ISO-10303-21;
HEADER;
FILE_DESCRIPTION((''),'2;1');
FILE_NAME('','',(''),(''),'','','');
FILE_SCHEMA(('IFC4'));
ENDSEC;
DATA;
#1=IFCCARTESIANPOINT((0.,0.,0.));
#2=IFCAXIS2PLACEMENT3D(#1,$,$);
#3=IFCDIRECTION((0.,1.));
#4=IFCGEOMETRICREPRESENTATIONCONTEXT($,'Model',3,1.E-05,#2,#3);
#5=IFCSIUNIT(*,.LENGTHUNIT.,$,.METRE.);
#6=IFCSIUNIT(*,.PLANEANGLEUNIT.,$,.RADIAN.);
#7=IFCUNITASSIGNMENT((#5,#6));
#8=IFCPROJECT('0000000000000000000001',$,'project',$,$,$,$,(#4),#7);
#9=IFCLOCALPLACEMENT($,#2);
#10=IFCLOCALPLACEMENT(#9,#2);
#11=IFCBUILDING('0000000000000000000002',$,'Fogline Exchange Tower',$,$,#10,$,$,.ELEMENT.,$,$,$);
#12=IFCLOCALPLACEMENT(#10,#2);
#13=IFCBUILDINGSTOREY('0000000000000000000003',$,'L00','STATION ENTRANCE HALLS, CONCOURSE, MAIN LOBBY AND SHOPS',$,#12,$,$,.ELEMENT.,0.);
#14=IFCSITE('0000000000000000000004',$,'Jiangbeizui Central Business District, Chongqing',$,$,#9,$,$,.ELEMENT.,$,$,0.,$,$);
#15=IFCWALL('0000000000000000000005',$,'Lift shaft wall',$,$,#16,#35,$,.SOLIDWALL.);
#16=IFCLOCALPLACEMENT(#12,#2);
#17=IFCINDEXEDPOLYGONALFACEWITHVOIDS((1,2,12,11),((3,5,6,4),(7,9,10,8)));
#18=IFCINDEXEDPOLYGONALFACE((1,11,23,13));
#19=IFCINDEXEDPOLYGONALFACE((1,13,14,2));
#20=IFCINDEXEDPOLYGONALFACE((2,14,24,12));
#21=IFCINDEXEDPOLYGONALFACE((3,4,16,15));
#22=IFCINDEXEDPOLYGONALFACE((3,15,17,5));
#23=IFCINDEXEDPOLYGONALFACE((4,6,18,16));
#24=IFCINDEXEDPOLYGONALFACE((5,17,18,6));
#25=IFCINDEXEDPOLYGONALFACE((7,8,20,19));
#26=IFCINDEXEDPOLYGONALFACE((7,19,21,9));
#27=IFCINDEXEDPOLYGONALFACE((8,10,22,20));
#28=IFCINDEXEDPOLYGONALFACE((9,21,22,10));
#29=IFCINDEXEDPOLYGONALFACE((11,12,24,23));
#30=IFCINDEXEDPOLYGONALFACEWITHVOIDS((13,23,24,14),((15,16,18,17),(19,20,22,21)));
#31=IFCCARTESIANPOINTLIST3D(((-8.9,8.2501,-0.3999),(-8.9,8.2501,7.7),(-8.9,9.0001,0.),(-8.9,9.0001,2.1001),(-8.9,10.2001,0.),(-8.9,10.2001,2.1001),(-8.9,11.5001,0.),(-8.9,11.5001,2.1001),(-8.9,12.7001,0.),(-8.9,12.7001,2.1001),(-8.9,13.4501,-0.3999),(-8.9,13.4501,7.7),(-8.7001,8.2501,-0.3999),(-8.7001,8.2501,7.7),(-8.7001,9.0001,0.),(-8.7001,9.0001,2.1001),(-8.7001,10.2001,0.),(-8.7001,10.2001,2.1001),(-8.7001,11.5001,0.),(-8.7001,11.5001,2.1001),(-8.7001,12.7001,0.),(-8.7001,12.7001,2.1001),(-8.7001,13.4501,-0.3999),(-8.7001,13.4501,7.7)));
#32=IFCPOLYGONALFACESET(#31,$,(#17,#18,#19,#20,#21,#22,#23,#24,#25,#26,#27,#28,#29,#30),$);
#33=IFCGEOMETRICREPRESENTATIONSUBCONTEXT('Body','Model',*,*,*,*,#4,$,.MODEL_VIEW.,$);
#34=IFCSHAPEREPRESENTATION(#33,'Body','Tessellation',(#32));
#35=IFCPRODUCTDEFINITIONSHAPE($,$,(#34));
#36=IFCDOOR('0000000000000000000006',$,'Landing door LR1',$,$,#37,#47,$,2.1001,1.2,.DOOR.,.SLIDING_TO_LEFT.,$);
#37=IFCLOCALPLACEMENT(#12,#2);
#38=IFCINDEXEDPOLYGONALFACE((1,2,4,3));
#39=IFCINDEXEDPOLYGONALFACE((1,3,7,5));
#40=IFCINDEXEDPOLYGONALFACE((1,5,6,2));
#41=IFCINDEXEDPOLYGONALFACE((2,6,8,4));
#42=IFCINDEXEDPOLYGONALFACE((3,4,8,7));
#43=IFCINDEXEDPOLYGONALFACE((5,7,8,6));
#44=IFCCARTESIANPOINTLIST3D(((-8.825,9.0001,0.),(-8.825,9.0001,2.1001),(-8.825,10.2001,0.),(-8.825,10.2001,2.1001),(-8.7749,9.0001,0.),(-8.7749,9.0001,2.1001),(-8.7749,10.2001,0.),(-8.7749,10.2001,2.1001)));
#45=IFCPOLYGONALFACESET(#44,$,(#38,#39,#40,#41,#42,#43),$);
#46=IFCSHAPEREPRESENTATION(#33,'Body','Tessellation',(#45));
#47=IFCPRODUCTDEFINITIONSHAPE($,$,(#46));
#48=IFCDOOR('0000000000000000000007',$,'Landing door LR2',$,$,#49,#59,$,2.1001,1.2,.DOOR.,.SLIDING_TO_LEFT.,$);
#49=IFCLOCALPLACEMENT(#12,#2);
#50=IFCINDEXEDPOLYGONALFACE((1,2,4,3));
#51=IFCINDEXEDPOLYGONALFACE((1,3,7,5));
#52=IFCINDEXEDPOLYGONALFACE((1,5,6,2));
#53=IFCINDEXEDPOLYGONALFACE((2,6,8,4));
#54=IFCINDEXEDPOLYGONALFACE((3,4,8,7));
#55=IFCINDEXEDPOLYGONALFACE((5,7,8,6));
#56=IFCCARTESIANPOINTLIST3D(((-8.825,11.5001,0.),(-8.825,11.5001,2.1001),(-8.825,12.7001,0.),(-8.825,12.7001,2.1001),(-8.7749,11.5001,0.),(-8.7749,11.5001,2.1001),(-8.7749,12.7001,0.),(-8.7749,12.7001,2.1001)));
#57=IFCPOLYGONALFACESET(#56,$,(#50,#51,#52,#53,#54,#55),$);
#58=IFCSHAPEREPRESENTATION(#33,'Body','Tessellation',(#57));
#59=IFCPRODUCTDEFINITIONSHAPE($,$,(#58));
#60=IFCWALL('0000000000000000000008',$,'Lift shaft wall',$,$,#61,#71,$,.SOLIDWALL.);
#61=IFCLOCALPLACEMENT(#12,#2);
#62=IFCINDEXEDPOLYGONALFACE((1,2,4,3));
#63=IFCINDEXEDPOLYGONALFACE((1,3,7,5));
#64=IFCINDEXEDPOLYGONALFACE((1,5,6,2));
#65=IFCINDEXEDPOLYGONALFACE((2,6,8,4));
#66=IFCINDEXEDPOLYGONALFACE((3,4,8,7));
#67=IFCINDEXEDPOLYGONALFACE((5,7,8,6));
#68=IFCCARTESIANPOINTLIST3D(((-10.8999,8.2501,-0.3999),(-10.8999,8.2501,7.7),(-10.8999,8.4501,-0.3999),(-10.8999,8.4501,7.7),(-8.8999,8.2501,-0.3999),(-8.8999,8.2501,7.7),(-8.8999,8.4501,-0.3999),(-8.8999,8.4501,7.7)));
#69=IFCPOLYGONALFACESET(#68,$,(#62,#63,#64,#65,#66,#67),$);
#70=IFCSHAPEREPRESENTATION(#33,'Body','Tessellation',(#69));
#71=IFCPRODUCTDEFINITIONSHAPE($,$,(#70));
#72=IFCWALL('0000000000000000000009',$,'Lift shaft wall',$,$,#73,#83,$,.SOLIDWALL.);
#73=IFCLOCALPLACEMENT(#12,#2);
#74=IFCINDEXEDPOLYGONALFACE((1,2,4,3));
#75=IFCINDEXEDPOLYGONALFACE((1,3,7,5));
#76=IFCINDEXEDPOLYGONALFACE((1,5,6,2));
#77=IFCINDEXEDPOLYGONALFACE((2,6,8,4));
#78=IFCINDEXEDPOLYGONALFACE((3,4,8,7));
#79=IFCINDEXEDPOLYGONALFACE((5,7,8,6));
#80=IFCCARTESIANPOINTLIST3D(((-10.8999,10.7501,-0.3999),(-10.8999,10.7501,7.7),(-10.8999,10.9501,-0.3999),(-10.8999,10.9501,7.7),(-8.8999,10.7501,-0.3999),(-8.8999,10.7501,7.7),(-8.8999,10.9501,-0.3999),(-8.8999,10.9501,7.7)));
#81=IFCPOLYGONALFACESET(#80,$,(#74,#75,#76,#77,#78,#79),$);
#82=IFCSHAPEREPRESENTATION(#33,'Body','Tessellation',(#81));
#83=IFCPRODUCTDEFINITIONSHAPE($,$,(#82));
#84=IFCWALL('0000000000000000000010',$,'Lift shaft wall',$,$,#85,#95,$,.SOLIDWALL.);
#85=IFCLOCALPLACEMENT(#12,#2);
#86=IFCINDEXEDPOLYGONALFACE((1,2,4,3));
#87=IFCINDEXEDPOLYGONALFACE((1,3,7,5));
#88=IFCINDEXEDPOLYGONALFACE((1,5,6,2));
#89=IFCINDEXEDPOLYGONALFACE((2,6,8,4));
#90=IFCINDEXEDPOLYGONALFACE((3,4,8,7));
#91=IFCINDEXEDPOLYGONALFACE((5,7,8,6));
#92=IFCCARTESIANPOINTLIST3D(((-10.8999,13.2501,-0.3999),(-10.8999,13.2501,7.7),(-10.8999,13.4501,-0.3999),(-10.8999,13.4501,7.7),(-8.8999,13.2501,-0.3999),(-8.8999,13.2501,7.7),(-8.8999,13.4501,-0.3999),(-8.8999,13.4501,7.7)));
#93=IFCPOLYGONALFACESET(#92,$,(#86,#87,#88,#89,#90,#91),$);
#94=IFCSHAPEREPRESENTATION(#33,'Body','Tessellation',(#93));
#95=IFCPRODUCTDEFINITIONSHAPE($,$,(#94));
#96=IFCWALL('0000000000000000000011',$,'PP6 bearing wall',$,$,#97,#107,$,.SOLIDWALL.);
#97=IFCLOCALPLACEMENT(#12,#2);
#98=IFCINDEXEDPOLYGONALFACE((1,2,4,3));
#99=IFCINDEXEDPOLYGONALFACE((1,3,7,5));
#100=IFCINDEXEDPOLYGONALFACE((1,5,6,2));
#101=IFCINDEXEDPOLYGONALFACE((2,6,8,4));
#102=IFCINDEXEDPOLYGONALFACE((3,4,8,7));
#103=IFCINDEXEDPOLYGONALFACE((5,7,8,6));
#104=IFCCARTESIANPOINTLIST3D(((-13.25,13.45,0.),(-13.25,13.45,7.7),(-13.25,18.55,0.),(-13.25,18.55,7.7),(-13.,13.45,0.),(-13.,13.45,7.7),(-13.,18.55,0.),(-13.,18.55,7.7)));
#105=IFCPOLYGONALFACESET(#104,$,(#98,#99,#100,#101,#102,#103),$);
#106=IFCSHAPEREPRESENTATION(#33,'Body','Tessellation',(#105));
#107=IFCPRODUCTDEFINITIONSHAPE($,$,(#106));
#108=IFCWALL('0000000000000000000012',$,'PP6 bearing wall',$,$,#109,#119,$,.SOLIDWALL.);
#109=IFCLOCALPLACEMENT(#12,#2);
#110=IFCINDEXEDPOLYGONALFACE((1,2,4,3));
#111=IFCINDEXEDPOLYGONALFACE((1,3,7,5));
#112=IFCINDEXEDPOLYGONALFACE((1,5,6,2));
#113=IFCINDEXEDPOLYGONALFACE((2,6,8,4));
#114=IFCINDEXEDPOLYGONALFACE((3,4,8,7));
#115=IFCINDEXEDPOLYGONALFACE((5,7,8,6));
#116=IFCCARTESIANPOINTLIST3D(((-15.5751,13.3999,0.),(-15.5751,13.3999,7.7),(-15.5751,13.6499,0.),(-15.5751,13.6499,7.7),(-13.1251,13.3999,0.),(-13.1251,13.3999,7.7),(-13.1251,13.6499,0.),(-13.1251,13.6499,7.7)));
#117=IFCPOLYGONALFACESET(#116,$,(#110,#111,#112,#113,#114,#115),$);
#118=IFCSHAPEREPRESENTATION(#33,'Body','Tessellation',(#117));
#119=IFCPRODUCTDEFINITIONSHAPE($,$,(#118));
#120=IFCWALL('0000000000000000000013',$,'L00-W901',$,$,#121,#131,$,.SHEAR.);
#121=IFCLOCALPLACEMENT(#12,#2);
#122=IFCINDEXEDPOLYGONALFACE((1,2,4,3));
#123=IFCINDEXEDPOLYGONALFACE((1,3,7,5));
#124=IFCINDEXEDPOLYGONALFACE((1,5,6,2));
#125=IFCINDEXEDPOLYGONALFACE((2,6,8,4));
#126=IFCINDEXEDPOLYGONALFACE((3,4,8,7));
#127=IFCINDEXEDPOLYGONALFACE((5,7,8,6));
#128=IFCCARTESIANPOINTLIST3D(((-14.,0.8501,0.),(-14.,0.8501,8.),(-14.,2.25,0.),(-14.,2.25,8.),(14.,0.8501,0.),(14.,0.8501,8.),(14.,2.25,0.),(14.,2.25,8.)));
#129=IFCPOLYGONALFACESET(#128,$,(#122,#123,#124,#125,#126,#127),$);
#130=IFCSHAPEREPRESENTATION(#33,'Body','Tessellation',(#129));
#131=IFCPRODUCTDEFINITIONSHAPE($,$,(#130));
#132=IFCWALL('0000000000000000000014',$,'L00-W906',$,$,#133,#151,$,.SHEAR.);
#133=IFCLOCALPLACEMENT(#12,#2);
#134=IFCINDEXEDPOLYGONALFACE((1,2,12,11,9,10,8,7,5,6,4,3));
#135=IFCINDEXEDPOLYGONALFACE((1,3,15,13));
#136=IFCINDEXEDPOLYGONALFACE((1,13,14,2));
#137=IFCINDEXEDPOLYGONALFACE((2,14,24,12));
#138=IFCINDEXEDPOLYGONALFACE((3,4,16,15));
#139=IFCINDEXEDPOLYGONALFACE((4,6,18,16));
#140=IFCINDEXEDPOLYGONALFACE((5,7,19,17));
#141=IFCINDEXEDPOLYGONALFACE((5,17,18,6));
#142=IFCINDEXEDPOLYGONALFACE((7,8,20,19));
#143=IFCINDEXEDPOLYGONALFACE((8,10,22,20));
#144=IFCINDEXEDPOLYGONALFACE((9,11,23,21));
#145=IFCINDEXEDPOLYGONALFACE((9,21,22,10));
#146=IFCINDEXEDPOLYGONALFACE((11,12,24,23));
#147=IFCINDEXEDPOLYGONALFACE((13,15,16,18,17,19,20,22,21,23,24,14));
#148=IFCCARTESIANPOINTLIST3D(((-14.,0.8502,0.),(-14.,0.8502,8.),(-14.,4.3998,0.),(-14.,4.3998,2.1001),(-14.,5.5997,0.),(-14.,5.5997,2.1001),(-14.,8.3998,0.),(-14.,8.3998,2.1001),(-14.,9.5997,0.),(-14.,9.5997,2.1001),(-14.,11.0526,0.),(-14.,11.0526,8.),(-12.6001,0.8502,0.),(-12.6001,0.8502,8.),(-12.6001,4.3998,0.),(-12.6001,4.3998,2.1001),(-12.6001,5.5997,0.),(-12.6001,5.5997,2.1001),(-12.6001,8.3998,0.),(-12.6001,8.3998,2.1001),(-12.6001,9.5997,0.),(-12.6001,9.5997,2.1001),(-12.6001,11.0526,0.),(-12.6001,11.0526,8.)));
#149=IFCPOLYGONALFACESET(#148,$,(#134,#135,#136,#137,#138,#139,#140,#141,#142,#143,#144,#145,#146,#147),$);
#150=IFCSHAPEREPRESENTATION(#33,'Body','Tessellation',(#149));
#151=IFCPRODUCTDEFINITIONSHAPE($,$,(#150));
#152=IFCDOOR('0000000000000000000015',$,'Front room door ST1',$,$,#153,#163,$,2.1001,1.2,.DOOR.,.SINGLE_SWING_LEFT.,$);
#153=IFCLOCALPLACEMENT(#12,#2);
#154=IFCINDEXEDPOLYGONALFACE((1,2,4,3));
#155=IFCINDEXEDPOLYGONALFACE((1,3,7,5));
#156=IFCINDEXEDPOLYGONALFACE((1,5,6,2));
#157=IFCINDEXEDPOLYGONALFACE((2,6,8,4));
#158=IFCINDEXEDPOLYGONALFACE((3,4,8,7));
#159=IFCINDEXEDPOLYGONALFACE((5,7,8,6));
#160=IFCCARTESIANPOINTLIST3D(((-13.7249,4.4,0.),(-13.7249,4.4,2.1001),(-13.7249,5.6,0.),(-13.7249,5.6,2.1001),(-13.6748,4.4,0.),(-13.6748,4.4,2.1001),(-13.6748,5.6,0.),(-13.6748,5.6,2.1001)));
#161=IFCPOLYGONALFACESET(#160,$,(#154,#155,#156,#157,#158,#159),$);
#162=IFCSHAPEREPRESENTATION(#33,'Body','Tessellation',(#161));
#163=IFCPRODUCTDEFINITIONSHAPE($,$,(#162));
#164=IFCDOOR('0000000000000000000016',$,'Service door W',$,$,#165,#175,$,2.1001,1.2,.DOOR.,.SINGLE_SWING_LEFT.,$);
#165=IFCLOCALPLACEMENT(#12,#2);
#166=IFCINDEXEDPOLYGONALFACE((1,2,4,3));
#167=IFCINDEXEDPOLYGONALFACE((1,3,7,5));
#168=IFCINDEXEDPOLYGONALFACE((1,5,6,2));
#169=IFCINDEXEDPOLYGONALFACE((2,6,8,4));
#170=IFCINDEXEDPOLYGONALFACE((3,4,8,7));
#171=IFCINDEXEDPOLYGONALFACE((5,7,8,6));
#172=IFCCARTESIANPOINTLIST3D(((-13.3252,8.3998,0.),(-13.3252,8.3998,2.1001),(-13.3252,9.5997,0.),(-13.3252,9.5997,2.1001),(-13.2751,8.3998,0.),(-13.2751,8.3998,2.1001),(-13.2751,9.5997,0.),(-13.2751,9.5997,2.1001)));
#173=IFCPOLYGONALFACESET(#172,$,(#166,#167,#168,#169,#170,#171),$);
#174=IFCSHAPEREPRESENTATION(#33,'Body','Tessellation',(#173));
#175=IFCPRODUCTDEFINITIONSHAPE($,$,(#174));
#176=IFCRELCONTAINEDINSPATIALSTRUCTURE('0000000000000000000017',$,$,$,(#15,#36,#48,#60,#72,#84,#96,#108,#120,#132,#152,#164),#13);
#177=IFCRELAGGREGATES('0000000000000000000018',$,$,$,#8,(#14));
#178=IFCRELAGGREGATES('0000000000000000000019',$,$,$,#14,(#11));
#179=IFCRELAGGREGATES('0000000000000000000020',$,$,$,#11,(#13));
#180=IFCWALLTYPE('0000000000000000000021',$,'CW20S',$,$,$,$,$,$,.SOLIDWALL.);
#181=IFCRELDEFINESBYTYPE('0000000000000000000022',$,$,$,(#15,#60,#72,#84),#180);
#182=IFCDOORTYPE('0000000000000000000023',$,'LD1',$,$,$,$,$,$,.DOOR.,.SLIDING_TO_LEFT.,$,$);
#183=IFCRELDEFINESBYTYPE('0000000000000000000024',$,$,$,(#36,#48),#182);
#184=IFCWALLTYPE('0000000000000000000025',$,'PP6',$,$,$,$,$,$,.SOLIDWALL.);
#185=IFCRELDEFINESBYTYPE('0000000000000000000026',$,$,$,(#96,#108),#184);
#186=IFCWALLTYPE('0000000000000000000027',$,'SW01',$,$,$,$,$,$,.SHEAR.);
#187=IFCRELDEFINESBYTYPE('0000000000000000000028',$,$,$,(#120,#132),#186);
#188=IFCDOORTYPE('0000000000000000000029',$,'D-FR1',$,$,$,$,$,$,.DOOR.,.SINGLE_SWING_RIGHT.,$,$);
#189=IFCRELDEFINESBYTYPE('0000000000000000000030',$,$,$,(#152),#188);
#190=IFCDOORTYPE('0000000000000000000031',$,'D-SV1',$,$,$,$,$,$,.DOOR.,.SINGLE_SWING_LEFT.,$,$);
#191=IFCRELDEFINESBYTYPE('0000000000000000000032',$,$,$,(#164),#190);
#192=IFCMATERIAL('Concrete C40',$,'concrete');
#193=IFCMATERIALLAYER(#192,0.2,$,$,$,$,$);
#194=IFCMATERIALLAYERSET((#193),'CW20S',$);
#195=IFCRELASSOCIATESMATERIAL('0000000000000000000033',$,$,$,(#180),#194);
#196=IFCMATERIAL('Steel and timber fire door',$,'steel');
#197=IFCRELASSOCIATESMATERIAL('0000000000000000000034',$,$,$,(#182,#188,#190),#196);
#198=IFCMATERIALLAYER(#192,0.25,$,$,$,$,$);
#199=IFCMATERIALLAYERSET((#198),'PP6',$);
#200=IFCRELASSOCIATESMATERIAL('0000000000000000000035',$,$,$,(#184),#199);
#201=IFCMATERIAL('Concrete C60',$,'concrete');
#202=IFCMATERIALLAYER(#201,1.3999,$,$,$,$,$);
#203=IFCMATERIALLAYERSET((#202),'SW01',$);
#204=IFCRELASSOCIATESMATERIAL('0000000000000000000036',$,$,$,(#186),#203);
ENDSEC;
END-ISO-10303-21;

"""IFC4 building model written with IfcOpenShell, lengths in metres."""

from ifc_helpers import new_model, si_unit, direction, frame, frame_2d, origin, place, context, subcontext, project, spatial, rectangle, extrude, material, layer, layer_set, type_object, element, fill, save


model = new_model("IFC4")

# Units and contexts
model_context = context("Model", 3, precision=1e-05, world=origin(), true_north=direction((0.0, 1.0)))
body_context = subcontext(model_context, "Body", "Model", "MODEL_VIEW")
ifc_project = project(units=[si_unit("LENGTHUNIT", "METRE"), si_unit("PLANEANGLEUNIT", "RADIAN")], contexts=[model_context])

# Site, building, storey
site_placement = place(None, origin())
site = spatial("IfcSite", under=ifc_project, at=site_placement, Name="Jiangbeizui Central Business District, Chongqing", CompositionType="ELEMENT", RefElevation=0.0)
building_placement = place(site_placement, origin())
building = spatial("IfcBuilding", under=site, at=building_placement, Name="Fogline Exchange Tower", CompositionType="ELEMENT")
storey_placement = place(building_placement, origin())
storey = spatial("IfcBuildingStorey", under=building, at=storey_placement, Name="L00", Description="STATION ENTRANCE HALLS, CONCOURSE, MAIN LOBBY AND SHOPS", CompositionType="ELEMENT", Elevation=0.0)

# Shared definitions
ifc_material_1 = material(Name="Steel and timber fire door", Category="steel")

# Shared definitions
ifc_material_2 = material(Name="Concrete C40", Category="concrete")

# Wall, openings, doors
ifc_layer_1 = layer(ifc_material_2, 0.2)
ifc_layer_set_1 = layer_set([ifc_layer_1], Name="CW20S")
wall_type_1 = type_object("IfcWallType", Name="CW20S", PredefinedType="SOLIDWALL", material=ifc_layer_set_1)
wall_1_placement = place(storey_placement, frame((-8.8, 8.25, -0.3999), z_axis=(0.0, 0.0, 1.0), x_axis=(0.0, 1.0, 0.0)))
wall_1 = element("IfcWall", 1, at=wall_1_placement, inside=storey, type_object=wall_type_1, Name="Lift shaft wall", PredefinedType="SOLIDWALL", context=body_context, shape_type="SweptSolid", body=[
    extrude(rectangle(XDim=5.2, YDim=0.2, at=frame_2d((2.6001, 0.0))), origin(), (0.0, 0.0, 1.0), 8.0999),
])
opening_1_placement = place(wall_1_placement, frame((0.75, 0.0, 0.3999)))
opening_1 = element("IfcOpeningElement", 2, at=opening_1_placement, cuts=wall_1, PredefinedType="OPENING", context=body_context, shape_type="SweptSolid", body=[
    extrude(rectangle(XDim=1.2, YDim=2.1001, at=frame_2d((0.6001, 1.05))), frame((0.0, 0.1099, 0.0), z_axis=(0.0, -1.0, 0.0), x_axis=(1.0, 0.0, 0.0)), (0.0, 0.0, 1.0), 0.22),
])
opening_2_placement = place(wall_1_placement, frame((3.25, 0.0, 0.3999)))
opening_2 = element("IfcOpeningElement", 3, at=opening_2_placement, cuts=wall_1, PredefinedType="OPENING", context=body_context, shape_type="SweptSolid", body=[
    extrude(rectangle(XDim=1.2, YDim=2.1001, at=frame_2d((0.6001, 1.05))), frame((0.0, 0.1099, 0.0), z_axis=(0.0, -1.0, 0.0), x_axis=(1.0, 0.0, 0.0)), (0.0, 0.0, 1.0), 0.22),
])
door_type_1 = type_object("IfcDoorType", Name="LD1", OperationType="SLIDING_TO_LEFT", PredefinedType="DOOR", material=ifc_material_1)
door_1_placement = place(opening_1_placement, origin())
door_1 = element("IfcDoor", 4, at=door_1_placement, inside=storey, type_object=door_type_1, Name="Landing door LR1", OperationType="SLIDING_TO_LEFT", OverallHeight=2.1001, OverallWidth=1.2, PredefinedType="DOOR", context=body_context, shape_type="SweptSolid", body=[
    extrude(rectangle(XDim=1.2, YDim=2.1001, at=frame_2d((0.6001, 1.05))), frame((0.0, 0.0249, 0.0), z_axis=(0.0, -1.0, 0.0), x_axis=(1.0, 0.0, 0.0)), (0.0, 0.0, 1.0), 0.05),
])
fill(opening_1, door_1)
door_2_placement = place(opening_2_placement, origin())
door_2 = element("IfcDoor", 5, at=door_2_placement, inside=storey, type_object=door_type_1, Name="Landing door LR2", OperationType="SLIDING_TO_LEFT", OverallHeight=2.1001, OverallWidth=1.2, PredefinedType="DOOR", context=body_context, shape_type="SweptSolid", body=[
    extrude(rectangle(XDim=1.2, YDim=2.1001, at=frame_2d((0.6001, 1.05))), frame((0.0, 0.0249, 0.0), z_axis=(0.0, -1.0, 0.0), x_axis=(1.0, 0.0, 0.0)), (0.0, 0.0, 1.0), 0.05),
])
fill(opening_2, door_2)

# Walls
for number, where, z_axis, x_axis, name in (
    (6, (-10.8999, 8.3501, -0.3999), (0.0, 0.0, 1.0), (1.0, 0.0, 0.0), "Lift shaft wall"),
    (7, (-10.8999, 10.8501, -0.3999), (0.0, 0.0, 1.0), (1.0, 0.0, 0.0), "Lift shaft wall"),
    (8, (-10.8999, 13.3501, -0.3999), (0.0, 0.0, 1.0), (1.0, 0.0, 0.0), "Lift shaft wall"),
):
    element("IfcWall", number, at=place(storey_placement, frame(where, z_axis=z_axis, x_axis=x_axis)), inside=storey, type_object=wall_type_1, Name=name, PredefinedType="SOLIDWALL", context=body_context, shape_type="SweptSolid", body=[
        extrude(rectangle(XDim=2.0, YDim=0.2, at=frame_2d((1.0, 0.0))), origin(), (0.0, 0.0, 1.0), 8.0999),
    ])
ifc_layer_2 = layer(ifc_material_2, 0.25)
ifc_layer_set_2 = layer_set([ifc_layer_2], Name="PP6")
wall_type_2 = type_object("IfcWallType", Name="PP6", PredefinedType="SOLIDWALL", material=ifc_layer_set_2)
wall_2_placement = place(storey_placement, frame((-13.125, 13.45, 0.0), z_axis=(0.0, 0.0, 1.0), x_axis=(0.0, 1.0, 0.0)))
element("IfcWall", 9, at=wall_2_placement, inside=storey, type_object=wall_type_2, Name="PP6 bearing wall", PredefinedType="SOLIDWALL", context=body_context, shape_type="SweptSolid", body=[
    extrude(rectangle(XDim=5.1001, YDim=0.25, at=frame_2d((2.55, 0.0))), origin(), (0.0, 0.0, 1.0), 7.7),
])
wall_3_placement = place(storey_placement, frame((-13.125, 13.5249, 0.0), z_axis=(0.0, 0.0, 1.0), x_axis=(-1.0, 0.0, 0.0)))
element("IfcWall", 10, at=wall_3_placement, inside=storey, type_object=wall_type_2, Name="PP6 bearing wall", PredefinedType="SOLIDWALL", context=body_context, shape_type="SweptSolid", body=[
    extrude(rectangle(XDim=2.45, YDim=0.25, at=frame_2d((1.2251, 0.0))), origin(), (0.0, 0.0, 1.0), 7.7),
])
ifc_material_3 = material(Name="Concrete C60", Category="concrete")
ifc_layer_3 = layer(ifc_material_3, 1.3999)
ifc_layer_set_3 = layer_set([ifc_layer_3], Name="SW01")
wall_type_3 = type_object("IfcWallType", Name="SW01", PredefinedType="SHEAR", material=ifc_layer_set_3)
wall_4_placement = place(storey_placement, frame((-14.0, 1.55, 0.0), z_axis=(0.0, 0.0, 1.0), x_axis=(1.0, 0.0, 0.0)))
element("IfcWall", 11, at=wall_4_placement, inside=storey, type_object=wall_type_3, Name="L00-W901", PredefinedType="SHEAR", context=body_context, shape_type="SweptSolid", body=[
    extrude(rectangle(XDim=28.0, YDim=1.3999, at=frame_2d((14.0, 0.0))), origin(), (0.0, 0.0, 1.0), 8.0),
])

# Wall, openings, doors
wall_5_placement = place(storey_placement, frame((-13.3, 11.0525, 0.0), z_axis=(0.0, 0.0, 1.0), x_axis=(0.0, -1.0, 0.0)))
wall_5 = element("IfcWall", 12, at=wall_5_placement, inside=storey, type_object=wall_type_3, Name="L00-W906", PredefinedType="SHEAR", context=body_context, shape_type="SweptSolid", body=[
    extrude(rectangle(XDim=10.2024, YDim=1.3999, at=frame_2d((5.1011, 0.0))), origin(), (0.0, 0.0, 1.0), 8.0),
])
opening_3_placement = place(wall_5_placement, frame((5.4526, 0.0, 0.0)))
opening_3 = element("IfcOpeningElement", 13, at=opening_3_placement, cuts=wall_5, PredefinedType="OPENING", context=body_context, shape_type="SweptSolid", body=[
    extrude(rectangle(XDim=1.2, YDim=2.1001, at=frame_2d((0.6001, 1.05))), frame((0.0, 0.71, 0.0), z_axis=(0.0, -1.0, 0.0), x_axis=(1.0, 0.0, 0.0)), (0.0, 0.0, 1.0), 1.4199),
])
opening_4_placement = place(wall_5_placement, frame((1.4526, 0.0, 0.0)))
opening_4 = element("IfcOpeningElement", 14, at=opening_4_placement, cuts=wall_5, PredefinedType="OPENING", context=body_context, shape_type="SweptSolid", body=[
    extrude(rectangle(XDim=1.2, YDim=2.1001, at=frame_2d((0.6001, 1.05))), frame((0.0, 0.71, 0.0), z_axis=(0.0, -1.0, 0.0), x_axis=(1.0, 0.0, 0.0)), (0.0, 0.0, 1.0), 1.4199),
])
door_type_2 = type_object("IfcDoorType", Name="D-FR1", OperationType="SINGLE_SWING_RIGHT", PredefinedType="DOOR", material=ifc_material_1)
door_3_placement = place(opening_3_placement, frame((1.2, 0.0, 0.0), z_axis=(0.0, 0.0, 1.0), x_axis=(-1.0, 0.0, 0.0)))
door_3 = element("IfcDoor", 15, at=door_3_placement, inside=storey, type_object=door_type_2, Name="Front room door ST1", OperationType="SINGLE_SWING_LEFT", OverallHeight=2.1001, OverallWidth=1.2, PredefinedType="DOOR", context=body_context, shape_type="SweptSolid", body=[
    extrude(rectangle(XDim=1.2, YDim=2.1001, at=frame_2d((0.6001, 1.05))), frame((0.0, 0.4248, 0.0), z_axis=(0.0, -1.0, 0.0), x_axis=(1.0, 0.0, 0.0)), (0.0, 0.0, 1.0), 0.05),
])
fill(opening_3, door_3)
door_type_3 = type_object("IfcDoorType", Name="D-SV1", OperationType="SINGLE_SWING_LEFT", PredefinedType="DOOR", material=ifc_material_1)
door_4_placement = place(opening_4_placement, origin())
door_4 = element("IfcDoor", 16, at=door_4_placement, inside=storey, type_object=door_type_3, Name="Service door W", OperationType="SINGLE_SWING_LEFT", OverallHeight=2.1001, OverallWidth=1.2, PredefinedType="DOOR", context=body_context, shape_type="SweptSolid", body=[
    extrude(rectangle(XDim=1.2, YDim=2.1001, at=frame_2d((0.6001, 1.05))), frame((0.0, 0.0249, 0.0), z_axis=(0.0, -1.0, 0.0), x_axis=(1.0, 0.0, 0.0)), (0.0, 0.0, 1.0), 0.05),
])
fill(opening_4, door_4)

save(model, "model.ifc")
